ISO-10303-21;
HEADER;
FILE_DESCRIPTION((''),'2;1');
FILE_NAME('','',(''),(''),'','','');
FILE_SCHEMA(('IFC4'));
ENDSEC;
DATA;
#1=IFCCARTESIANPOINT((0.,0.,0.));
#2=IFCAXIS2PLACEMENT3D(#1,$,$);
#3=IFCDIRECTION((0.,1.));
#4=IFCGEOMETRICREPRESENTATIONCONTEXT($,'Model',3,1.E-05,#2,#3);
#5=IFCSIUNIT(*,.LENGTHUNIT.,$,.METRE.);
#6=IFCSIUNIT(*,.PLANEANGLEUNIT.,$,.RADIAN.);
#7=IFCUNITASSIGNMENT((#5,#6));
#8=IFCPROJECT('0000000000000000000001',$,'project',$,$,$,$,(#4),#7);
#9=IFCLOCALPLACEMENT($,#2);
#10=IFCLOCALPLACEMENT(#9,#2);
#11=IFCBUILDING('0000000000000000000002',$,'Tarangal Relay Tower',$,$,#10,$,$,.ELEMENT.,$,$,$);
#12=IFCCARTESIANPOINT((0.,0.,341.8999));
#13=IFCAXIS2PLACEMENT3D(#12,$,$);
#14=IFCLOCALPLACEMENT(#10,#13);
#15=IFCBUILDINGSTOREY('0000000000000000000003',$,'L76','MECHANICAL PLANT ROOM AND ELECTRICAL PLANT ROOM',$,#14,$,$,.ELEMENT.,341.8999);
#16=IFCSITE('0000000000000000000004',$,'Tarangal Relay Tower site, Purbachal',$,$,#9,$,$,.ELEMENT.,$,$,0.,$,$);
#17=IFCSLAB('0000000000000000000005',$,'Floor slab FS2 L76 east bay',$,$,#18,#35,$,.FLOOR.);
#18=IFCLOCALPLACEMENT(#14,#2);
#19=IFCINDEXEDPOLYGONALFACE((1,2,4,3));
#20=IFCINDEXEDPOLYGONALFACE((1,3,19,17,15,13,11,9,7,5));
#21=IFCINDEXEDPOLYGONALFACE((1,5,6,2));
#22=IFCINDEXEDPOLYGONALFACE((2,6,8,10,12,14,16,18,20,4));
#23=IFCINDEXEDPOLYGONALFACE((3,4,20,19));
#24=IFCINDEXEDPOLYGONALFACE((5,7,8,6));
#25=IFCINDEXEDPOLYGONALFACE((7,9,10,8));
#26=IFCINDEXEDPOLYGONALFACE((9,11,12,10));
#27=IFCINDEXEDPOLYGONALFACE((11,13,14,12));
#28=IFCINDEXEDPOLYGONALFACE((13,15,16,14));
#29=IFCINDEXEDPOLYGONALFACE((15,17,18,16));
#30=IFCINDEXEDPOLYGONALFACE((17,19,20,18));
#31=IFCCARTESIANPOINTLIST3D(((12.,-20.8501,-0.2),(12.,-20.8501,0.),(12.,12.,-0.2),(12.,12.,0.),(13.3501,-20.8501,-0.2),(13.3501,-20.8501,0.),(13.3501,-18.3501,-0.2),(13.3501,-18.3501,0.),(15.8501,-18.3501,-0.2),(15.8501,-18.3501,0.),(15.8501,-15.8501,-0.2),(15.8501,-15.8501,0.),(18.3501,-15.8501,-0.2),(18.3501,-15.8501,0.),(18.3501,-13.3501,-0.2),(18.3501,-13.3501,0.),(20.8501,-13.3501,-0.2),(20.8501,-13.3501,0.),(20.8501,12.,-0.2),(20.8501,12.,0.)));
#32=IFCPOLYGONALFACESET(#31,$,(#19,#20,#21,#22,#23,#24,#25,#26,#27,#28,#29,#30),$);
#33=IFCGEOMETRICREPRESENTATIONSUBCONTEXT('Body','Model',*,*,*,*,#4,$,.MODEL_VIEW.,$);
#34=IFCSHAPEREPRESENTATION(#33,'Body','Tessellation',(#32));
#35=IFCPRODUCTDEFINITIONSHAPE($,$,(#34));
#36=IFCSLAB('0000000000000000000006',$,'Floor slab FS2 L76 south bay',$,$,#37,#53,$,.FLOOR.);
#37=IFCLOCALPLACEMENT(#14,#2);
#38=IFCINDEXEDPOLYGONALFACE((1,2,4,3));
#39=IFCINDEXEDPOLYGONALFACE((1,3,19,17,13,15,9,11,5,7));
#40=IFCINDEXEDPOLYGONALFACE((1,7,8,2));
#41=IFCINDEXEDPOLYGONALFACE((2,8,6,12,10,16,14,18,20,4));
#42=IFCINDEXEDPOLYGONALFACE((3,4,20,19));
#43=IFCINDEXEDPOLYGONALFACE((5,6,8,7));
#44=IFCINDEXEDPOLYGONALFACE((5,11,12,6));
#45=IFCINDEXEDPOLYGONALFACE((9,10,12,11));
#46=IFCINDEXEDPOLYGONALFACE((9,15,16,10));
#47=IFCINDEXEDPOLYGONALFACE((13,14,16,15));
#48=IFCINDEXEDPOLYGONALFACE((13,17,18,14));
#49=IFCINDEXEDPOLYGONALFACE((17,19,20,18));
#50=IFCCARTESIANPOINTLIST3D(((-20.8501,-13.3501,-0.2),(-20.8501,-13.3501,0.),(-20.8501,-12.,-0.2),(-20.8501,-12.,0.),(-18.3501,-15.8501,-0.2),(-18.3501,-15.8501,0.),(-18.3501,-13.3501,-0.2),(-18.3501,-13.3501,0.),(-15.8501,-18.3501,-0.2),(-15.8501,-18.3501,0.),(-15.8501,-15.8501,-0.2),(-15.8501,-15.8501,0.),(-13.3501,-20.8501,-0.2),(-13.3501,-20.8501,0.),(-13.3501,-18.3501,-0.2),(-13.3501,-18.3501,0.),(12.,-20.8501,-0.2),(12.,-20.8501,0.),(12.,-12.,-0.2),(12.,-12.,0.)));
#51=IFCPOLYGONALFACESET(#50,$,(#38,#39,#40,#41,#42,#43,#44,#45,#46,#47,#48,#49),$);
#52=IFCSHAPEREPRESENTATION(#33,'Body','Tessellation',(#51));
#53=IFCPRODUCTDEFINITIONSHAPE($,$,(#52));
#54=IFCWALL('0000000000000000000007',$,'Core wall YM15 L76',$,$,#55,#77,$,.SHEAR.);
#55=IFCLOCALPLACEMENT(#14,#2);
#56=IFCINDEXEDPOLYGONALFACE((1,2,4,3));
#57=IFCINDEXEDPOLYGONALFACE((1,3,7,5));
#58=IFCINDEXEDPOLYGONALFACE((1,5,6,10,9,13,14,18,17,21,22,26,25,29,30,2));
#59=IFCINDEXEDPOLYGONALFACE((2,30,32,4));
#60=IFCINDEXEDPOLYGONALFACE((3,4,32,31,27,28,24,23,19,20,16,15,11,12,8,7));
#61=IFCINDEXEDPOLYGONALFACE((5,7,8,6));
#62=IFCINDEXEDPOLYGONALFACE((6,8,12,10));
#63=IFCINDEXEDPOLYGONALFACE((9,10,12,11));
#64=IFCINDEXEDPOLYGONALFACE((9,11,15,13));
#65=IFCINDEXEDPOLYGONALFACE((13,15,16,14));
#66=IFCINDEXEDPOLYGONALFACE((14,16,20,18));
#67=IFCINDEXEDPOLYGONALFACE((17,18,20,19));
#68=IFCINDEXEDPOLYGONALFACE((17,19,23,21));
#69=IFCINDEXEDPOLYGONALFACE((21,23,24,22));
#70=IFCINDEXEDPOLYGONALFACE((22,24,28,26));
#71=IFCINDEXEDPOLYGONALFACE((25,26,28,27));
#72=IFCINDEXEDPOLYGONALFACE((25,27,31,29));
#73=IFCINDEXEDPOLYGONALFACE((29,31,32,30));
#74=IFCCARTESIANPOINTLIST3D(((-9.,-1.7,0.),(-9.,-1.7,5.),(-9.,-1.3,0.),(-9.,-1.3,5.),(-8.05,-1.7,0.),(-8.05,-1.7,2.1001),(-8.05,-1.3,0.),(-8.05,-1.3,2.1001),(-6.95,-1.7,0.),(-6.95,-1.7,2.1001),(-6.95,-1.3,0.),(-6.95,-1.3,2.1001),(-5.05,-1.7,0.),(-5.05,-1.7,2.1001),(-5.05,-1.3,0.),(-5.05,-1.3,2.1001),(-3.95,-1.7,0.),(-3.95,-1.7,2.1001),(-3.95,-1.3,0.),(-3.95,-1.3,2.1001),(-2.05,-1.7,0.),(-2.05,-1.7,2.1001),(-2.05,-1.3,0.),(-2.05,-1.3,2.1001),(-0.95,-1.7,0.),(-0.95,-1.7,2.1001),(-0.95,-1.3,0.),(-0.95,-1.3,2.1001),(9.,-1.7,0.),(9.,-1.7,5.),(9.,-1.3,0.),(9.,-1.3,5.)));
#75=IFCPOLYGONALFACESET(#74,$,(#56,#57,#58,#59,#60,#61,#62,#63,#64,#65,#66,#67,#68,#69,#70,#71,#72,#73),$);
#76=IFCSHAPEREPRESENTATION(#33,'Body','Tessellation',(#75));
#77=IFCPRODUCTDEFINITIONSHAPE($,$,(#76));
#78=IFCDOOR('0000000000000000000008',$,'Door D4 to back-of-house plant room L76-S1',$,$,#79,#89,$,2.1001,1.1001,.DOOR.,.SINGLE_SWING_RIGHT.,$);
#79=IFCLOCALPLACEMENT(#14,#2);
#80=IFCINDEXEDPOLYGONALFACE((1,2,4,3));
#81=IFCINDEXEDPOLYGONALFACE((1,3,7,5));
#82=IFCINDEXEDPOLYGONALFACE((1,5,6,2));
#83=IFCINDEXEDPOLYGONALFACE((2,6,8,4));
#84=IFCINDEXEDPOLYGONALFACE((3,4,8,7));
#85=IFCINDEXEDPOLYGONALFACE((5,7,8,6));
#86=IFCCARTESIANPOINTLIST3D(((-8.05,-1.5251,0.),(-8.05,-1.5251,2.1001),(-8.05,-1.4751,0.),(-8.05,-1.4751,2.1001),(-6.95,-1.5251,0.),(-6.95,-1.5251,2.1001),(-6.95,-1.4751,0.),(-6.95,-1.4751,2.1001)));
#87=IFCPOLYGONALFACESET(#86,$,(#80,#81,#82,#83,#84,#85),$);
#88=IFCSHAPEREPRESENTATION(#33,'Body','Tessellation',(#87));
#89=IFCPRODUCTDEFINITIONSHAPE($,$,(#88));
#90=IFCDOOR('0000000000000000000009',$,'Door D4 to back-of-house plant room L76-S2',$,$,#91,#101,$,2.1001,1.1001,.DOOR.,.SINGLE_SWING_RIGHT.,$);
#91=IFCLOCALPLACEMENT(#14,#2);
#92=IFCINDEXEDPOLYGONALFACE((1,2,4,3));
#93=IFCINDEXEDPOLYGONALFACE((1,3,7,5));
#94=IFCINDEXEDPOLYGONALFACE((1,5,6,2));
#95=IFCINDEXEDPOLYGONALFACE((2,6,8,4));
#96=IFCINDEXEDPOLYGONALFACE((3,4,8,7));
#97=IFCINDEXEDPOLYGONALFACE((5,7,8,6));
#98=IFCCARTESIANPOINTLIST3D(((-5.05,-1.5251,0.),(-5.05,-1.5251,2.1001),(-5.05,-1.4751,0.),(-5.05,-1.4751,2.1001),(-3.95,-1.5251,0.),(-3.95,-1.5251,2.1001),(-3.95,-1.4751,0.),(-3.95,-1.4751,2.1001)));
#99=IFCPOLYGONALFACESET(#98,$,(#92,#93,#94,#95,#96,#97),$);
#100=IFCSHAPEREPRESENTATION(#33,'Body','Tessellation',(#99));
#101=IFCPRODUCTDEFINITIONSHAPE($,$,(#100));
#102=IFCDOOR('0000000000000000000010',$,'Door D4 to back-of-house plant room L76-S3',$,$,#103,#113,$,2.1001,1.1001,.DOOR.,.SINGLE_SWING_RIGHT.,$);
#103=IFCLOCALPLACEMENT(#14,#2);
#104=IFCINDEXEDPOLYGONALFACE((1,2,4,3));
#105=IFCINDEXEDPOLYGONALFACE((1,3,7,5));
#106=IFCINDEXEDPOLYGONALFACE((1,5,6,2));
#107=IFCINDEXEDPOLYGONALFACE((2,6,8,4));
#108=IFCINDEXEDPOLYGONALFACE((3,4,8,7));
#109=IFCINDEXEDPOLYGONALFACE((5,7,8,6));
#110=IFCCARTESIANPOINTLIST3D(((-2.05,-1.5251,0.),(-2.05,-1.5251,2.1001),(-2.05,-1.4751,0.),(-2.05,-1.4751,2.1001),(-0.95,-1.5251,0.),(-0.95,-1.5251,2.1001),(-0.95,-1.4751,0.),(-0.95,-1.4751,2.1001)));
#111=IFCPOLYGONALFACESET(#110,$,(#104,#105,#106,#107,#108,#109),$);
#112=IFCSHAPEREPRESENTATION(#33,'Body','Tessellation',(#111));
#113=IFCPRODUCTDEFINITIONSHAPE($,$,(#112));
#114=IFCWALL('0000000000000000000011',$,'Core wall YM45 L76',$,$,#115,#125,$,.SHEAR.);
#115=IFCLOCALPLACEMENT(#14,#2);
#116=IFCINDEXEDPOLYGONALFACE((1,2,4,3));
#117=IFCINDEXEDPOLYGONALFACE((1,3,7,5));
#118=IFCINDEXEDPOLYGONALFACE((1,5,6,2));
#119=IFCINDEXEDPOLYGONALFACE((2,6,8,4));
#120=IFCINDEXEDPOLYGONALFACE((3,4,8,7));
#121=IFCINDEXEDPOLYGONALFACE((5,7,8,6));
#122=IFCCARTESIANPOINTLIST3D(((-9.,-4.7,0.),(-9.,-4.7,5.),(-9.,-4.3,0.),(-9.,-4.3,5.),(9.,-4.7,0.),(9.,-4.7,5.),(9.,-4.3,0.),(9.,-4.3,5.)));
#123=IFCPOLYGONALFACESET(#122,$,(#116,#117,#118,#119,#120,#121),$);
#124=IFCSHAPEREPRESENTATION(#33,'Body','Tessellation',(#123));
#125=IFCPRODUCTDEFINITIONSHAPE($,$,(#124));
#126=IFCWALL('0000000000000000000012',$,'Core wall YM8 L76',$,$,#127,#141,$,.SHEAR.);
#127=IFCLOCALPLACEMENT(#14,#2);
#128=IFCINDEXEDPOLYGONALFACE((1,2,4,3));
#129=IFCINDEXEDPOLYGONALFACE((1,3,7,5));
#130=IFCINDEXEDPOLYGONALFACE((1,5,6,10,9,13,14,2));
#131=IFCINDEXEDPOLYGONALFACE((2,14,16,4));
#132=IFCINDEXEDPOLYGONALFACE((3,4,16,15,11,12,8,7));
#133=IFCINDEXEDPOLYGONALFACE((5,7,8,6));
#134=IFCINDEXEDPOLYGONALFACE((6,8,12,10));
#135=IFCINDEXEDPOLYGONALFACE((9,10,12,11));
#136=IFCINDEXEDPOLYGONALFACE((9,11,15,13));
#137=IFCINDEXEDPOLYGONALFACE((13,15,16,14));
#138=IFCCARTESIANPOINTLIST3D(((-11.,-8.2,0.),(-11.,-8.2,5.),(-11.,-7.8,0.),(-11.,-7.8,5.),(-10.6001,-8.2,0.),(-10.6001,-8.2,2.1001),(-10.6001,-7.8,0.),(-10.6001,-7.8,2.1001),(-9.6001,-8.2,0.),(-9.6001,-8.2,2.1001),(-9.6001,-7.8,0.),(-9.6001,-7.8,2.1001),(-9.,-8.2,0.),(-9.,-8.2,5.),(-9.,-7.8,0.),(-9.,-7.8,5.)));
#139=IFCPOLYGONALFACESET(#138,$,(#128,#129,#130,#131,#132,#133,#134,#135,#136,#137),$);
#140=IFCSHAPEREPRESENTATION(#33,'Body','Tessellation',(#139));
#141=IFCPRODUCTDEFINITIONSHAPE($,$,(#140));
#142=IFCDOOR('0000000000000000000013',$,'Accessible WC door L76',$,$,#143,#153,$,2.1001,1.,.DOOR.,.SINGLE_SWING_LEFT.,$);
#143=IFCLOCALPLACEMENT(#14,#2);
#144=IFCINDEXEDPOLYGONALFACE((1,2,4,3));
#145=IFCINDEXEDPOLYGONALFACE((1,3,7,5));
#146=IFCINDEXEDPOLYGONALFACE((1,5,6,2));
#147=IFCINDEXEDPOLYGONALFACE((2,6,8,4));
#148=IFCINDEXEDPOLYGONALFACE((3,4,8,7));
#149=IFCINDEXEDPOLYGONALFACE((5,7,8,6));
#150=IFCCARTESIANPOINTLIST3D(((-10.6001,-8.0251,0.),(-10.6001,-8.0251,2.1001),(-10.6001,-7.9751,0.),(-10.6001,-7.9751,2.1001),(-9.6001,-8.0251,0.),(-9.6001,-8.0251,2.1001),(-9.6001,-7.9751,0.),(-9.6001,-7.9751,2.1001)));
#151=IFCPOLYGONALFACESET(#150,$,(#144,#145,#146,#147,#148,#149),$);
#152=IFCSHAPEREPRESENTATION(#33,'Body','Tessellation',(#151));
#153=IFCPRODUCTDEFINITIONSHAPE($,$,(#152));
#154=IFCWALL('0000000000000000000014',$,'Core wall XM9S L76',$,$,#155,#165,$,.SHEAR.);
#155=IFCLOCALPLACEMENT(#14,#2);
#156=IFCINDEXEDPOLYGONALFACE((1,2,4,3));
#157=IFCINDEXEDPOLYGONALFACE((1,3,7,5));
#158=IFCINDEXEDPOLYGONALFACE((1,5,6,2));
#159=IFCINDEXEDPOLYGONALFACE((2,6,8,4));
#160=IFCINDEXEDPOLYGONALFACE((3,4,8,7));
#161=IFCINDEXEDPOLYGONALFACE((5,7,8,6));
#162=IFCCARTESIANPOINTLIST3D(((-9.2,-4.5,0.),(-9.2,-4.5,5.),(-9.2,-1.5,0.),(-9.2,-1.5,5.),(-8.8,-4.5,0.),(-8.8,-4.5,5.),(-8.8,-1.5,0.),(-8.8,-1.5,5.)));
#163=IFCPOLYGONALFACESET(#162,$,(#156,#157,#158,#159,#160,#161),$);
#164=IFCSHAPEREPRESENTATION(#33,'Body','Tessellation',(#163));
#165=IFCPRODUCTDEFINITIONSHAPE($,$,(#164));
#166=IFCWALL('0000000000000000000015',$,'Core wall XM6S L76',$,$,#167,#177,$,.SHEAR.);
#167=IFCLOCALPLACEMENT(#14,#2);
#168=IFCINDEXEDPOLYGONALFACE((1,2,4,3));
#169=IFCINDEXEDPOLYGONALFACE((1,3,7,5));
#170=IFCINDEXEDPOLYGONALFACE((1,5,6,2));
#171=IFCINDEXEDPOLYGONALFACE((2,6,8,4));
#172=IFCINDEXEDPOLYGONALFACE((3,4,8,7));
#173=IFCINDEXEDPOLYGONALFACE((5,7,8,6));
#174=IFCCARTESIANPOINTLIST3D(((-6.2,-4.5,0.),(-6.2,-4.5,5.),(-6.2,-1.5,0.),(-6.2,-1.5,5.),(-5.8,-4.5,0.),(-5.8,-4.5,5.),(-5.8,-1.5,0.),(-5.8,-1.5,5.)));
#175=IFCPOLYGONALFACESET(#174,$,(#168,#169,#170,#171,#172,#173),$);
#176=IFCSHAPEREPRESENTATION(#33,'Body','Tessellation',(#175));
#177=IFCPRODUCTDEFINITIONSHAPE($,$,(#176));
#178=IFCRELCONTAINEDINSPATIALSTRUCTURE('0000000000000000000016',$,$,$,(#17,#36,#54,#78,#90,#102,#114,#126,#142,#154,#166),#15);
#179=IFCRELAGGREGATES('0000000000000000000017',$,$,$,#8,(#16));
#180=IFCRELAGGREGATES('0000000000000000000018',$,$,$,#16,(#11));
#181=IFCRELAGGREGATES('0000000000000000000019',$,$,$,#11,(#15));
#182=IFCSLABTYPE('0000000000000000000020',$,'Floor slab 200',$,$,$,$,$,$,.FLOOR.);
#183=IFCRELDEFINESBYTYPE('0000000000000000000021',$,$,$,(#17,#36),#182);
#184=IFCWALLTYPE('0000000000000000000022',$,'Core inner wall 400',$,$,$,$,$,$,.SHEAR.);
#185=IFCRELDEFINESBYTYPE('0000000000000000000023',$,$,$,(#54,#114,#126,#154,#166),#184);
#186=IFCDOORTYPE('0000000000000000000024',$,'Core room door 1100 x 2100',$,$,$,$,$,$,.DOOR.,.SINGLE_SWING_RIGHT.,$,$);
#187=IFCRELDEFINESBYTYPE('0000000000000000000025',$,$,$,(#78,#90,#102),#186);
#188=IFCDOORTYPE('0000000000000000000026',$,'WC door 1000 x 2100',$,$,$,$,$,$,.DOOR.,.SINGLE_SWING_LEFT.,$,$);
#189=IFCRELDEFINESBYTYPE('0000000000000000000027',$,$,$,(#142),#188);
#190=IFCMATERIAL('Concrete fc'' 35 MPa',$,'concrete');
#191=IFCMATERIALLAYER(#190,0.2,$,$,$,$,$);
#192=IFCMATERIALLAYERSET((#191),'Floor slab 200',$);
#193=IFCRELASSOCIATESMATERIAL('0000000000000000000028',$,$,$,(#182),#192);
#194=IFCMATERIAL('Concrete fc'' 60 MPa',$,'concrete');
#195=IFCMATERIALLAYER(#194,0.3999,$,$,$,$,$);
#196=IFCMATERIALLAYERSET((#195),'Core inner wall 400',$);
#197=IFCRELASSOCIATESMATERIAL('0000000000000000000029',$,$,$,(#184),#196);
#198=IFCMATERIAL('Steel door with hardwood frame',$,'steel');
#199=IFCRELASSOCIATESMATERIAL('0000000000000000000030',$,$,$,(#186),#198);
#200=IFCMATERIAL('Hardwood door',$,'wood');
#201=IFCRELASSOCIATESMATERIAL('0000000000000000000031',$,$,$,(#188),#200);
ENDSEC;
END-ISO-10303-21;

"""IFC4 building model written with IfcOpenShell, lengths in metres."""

from ifc_helpers import new_model, si_unit, direction, frame, frame_2d, origin, place, context, subcontext, project, spatial, polyline, rectangle, outline, extrude, material, layer, layer_set, type_object, element, fill, save


model = new_model("IFC4")

# Units and contexts
model_context = context("Model", 3, precision=1e-05, world=origin(), true_north=direction((0.0, 1.0)))
body_context = subcontext(model_context, "Body", "Model", "MODEL_VIEW")
ifc_project = project(units=[si_unit("LENGTHUNIT", "METRE"), si_unit("PLANEANGLEUNIT", "RADIAN")], contexts=[model_context])

# Site, building, storey
site_placement = place(None, origin())
site = spatial("IfcSite", under=ifc_project, at=site_placement, Name="Tarangal Relay Tower site, Purbachal", CompositionType="ELEMENT", RefElevation=0.0)
building_placement = place(site_placement, origin())
building = spatial("IfcBuilding", under=site, at=building_placement, Name="Tarangal Relay Tower", CompositionType="ELEMENT")
storey_placement = place(building_placement, frame((0.0, 0.0, 341.8999)))
storey = spatial("IfcBuildingStorey", under=building, at=storey_placement, Name="L76", Description="MECHANICAL PLANT ROOM AND ELECTRICAL PLANT ROOM", CompositionType="ELEMENT", Elevation=341.8999)

# Slabs
ifc_material_1 = material(Name="Concrete fc' 35 MPa", Category="concrete")
ifc_layer_1 = layer(ifc_material_1, 0.2)
ifc_layer_set_1 = layer_set([ifc_layer_1], Name="Floor slab 200")
slab_type = type_object("IfcSlabType", Name="Floor slab 200", PredefinedType="FLOOR", material=ifc_layer_set_1)
slab_1_placement = place(storey_placement, frame((0.0, 0.0, -0.2)))
element("IfcSlab", 1, at=slab_1_placement, inside=storey, type_object=slab_type, Name="Floor slab FS2 L76 east bay", PredefinedType="FLOOR", context=body_context, shape_type="SweptSolid", body=[
    extrude(outline(polyline([(20.8501, -13.3501), (18.3501, -13.3501), (18.3501, -15.8501), (15.8501, -15.8501), (15.8501, -18.3501), (13.3501, -18.3501), (13.3501, -20.8501), (12.0, -20.8501), (12.0, 12.0), (20.8501, 12.0), (20.8501, -13.3501)])), origin(), (0.0, 0.0, 1.0), 0.2),
])
slab_2_placement = place(storey_placement, frame((0.0, 0.0, -0.2)))
element("IfcSlab", 2, at=slab_2_placement, inside=storey, type_object=slab_type, Name="Floor slab FS2 L76 south bay", PredefinedType="FLOOR", context=body_context, shape_type="SweptSolid", body=[
    extrude(outline(polyline([(-13.3501, -20.8501), (-13.3501, -18.3501), (-15.8501, -18.3501), (-15.8501, -15.8501), (-18.3501, -15.8501), (-18.3501, -13.3501), (-20.8501, -13.3501), (-20.8501, -12.0), (12.0, -12.0), (12.0, -20.8501), (-13.3501, -20.8501)])), origin(), (0.0, 0.0, 1.0), 0.2),
])

# Wall, openings, doors
ifc_material_2 = material(Name="Concrete fc' 60 MPa", Category="concrete")
ifc_layer_2 = layer(ifc_material_2, 0.3999)
ifc_layer_set_2 = layer_set([ifc_layer_2], Name="Core inner wall 400")
wall_type_1 = type_object("IfcWallType", Name="Core inner wall 400", PredefinedType="SHEAR", material=ifc_layer_set_2)
wall_1_placement = place(storey_placement, frame((-9.0, -1.5, 0.0), z_axis=(0.0, 0.0, 1.0), x_axis=(1.0, 0.0, 0.0)))
wall_1 = element("IfcWall", 3, at=wall_1_placement, inside=storey, type_object=wall_type_1, Name="Core wall YM15 L76", PredefinedType="SHEAR", context=body_context, shape_type="SweptSolid", body=[
    extrude(rectangle(XDim=18.0, YDim=0.3999, at=frame_2d((9.0, 0.0))), origin(), (0.0, 0.0, 1.0), 5.0),
])
opening_1_placement = place(wall_1_placement, frame((0.95, 0.0, 0.0)))
opening_1 = element("IfcOpeningElement", 4, at=opening_1_placement, cuts=wall_1, PredefinedType="OPENING", context=body_context, shape_type="SweptSolid", body=[
    extrude(rectangle(XDim=1.1001, YDim=2.1001, at=frame_2d((0.55, 1.05))), frame((0.0, 0.21, 0.0), z_axis=(0.0, -1.0, 0.0), x_axis=(1.0, 0.0, 0.0)), (0.0, 0.0, 1.0), 0.4199),
])
opening_2_placement = place(wall_1_placement, frame((3.95, 0.0, 0.0)))
opening_2 = element("IfcOpeningElement", 5, at=opening_2_placement, cuts=wall_1, PredefinedType="OPENING", context=body_context, shape_type="SweptSolid", body=[
    extrude(rectangle(XDim=1.1001, YDim=2.1001, at=frame_2d((0.55, 1.05))), frame((0.0, 0.21, 0.0), z_axis=(0.0, -1.0, 0.0), x_axis=(1.0, 0.0, 0.0)), (0.0, 0.0, 1.0), 0.4199),
])
opening_3_placement = place(wall_1_placement, frame((6.95, 0.0, 0.0)))
opening_3 = element("IfcOpeningElement", 6, at=opening_3_placement, cuts=wall_1, PredefinedType="OPENING", context=body_context, shape_type="SweptSolid", body=[
    extrude(rectangle(XDim=1.1001, YDim=2.1001, at=frame_2d((0.55, 1.05))), frame((0.0, 0.21, 0.0), z_axis=(0.0, -1.0, 0.0), x_axis=(1.0, 0.0, 0.0)), (0.0, 0.0, 1.0), 0.4199),
])
ifc_material_3 = material(Name="Steel door with hardwood frame", Category="steel")
door_type_1 = type_object("IfcDoorType", Name="Core room door 1100 x 2100", OperationType="SINGLE_SWING_RIGHT", PredefinedType="DOOR", material=ifc_material_3)
door_1_placement = place(opening_1_placement, origin())
door_1 = element("IfcDoor", 7, at=door_1_placement, inside=storey, type_object=door_type_1, Name="Door D4 to back-of-house plant room L76-S1", OperationType="SINGLE_SWING_RIGHT", OverallHeight=2.1001, OverallWidth=1.1001, PredefinedType="DOOR", context=body_context, shape_type="SweptSolid", body=[
    extrude(rectangle(XDim=1.1001, YDim=2.1001, at=frame_2d((0.55, 1.05))), frame((0.0, 0.0249, 0.0), z_axis=(0.0, -1.0, 0.0), x_axis=(1.0, 0.0, 0.0)), (0.0, 0.0, 1.0), 0.05),
])
fill(opening_1, door_1)
door_2_placement = place(opening_2_placement, origin())
door_2 = element("IfcDoor", 8, at=door_2_placement, inside=storey, type_object=door_type_1, Name="Door D4 to back-of-house plant room L76-S2", OperationType="SINGLE_SWING_RIGHT", OverallHeight=2.1001, OverallWidth=1.1001, PredefinedType="DOOR", context=body_context, shape_type="SweptSolid", body=[
    extrude(rectangle(XDim=1.1001, YDim=2.1001, at=frame_2d((0.55, 1.05))), frame((0.0, 0.0249, 0.0), z_axis=(0.0, -1.0, 0.0), x_axis=(1.0, 0.0, 0.0)), (0.0, 0.0, 1.0), 0.05),
])
fill(opening_2, door_2)
door_3_placement = place(opening_3_placement, origin())
door_3 = element("IfcDoor", 9, at=door_3_placement, inside=storey, type_object=door_type_1, Name="Door D4 to back-of-house plant room L76-S3", OperationType="SINGLE_SWING_RIGHT", OverallHeight=2.1001, OverallWidth=1.1001, PredefinedType="DOOR", context=body_context, shape_type="SweptSolid", body=[
    extrude(rectangle(XDim=1.1001, YDim=2.1001, at=frame_2d((0.55, 1.05))), frame((0.0, 0.0249, 0.0), z_axis=(0.0, -1.0, 0.0), x_axis=(1.0, 0.0, 0.0)), (0.0, 0.0, 1.0), 0.05),
])
fill(opening_3, door_3)

# Wall
wall_2_placement = place(storey_placement, frame((-9.0, -4.5, 0.0), z_axis=(0.0, 0.0, 1.0), x_axis=(1.0, 0.0, 0.0)))
element("IfcWall", 10, at=wall_2_placement, inside=storey, type_object=wall_type_1, Name="Core wall YM45 L76", PredefinedType="SHEAR", context=body_context, shape_type="SweptSolid", body=[
    extrude(rectangle(XDim=18.0, YDim=0.3999, at=frame_2d((9.0, 0.0))), origin(), (0.0, 0.0, 1.0), 5.0),
])

# Wall, opening, door
wall_3_placement = place(storey_placement, frame((-11.0, -8.0, 0.0), z_axis=(0.0, 0.0, 1.0), x_axis=(1.0, 0.0, 0.0)))
wall_3 = element("IfcWall", 11, at=wall_3_placement, inside=storey, type_object=wall_type_1, Name="Core wall YM8 L76", PredefinedType="SHEAR", context=body_context, shape_type="SweptSolid", body=[
    extrude(rectangle(XDim=2.0, YDim=0.3999, at=frame_2d((1.0, 0.0))), origin(), (0.0, 0.0, 1.0), 5.0),
])
opening_4_placement = place(wall_3_placement, frame((0.3999, 0.0, 0.0)))
opening_4 = element("IfcOpeningElement", 12, at=opening_4_placement, cuts=wall_3, PredefinedType="OPENING", context=body_context, shape_type="SweptSolid", body=[
    extrude(rectangle(XDim=1.0, YDim=2.1001, at=frame_2d((0.5, 1.05))), frame((0.0, 0.21, 0.0), z_axis=(0.0, -1.0, 0.0), x_axis=(1.0, 0.0, 0.0)), (0.0, 0.0, 1.0), 0.4199),
])
ifc_material_4 = material(Name="Hardwood door", Category="wood")
door_type_2 = type_object("IfcDoorType", Name="WC door 1000 x 2100", OperationType="SINGLE_SWING_LEFT", PredefinedType="DOOR", material=ifc_material_4)
door_4_placement = place(opening_4_placement, origin())
door_4 = element("IfcDoor", 13, at=door_4_placement, inside=storey, type_object=door_type_2, Name="Accessible WC door L76", OperationType="SINGLE_SWING_LEFT", OverallHeight=2.1001, OverallWidth=1.0, PredefinedType="DOOR", context=body_context, shape_type="SweptSolid", body=[
    extrude(rectangle(XDim=1.0, YDim=2.1001, at=frame_2d((0.5, 1.05))), frame((0.0, 0.0249, 0.0), z_axis=(0.0, -1.0, 0.0), x_axis=(1.0, 0.0, 0.0)), (0.0, 0.0, 1.0), 0.05),
])
fill(opening_4, door_4)

# Walls
for number, where, z_axis, x_axis, name in (
    (14, (-9.0, -4.5, 0.0), (0.0, 0.0, 1.0), (0.0, 1.0, 0.0), "Core wall XM9S L76"),
    (15, (-6.0, -4.5, 0.0), (0.0, 0.0, 1.0), (0.0, 1.0, 0.0), "Core wall XM6S L76"),
):
    element("IfcWall", number, at=place(storey_placement, frame(where, z_axis=z_axis, x_axis=x_axis)), inside=storey, type_object=wall_type_1, Name=name, PredefinedType="SHEAR", context=body_context, shape_type="SweptSolid", body=[
        extrude(rectangle(XDim=3.0, YDim=0.3999, at=frame_2d((1.5, 0.0))), origin(), (0.0, 0.0, 1.0), 5.0),
    ])

save(model, "model.ifc")
